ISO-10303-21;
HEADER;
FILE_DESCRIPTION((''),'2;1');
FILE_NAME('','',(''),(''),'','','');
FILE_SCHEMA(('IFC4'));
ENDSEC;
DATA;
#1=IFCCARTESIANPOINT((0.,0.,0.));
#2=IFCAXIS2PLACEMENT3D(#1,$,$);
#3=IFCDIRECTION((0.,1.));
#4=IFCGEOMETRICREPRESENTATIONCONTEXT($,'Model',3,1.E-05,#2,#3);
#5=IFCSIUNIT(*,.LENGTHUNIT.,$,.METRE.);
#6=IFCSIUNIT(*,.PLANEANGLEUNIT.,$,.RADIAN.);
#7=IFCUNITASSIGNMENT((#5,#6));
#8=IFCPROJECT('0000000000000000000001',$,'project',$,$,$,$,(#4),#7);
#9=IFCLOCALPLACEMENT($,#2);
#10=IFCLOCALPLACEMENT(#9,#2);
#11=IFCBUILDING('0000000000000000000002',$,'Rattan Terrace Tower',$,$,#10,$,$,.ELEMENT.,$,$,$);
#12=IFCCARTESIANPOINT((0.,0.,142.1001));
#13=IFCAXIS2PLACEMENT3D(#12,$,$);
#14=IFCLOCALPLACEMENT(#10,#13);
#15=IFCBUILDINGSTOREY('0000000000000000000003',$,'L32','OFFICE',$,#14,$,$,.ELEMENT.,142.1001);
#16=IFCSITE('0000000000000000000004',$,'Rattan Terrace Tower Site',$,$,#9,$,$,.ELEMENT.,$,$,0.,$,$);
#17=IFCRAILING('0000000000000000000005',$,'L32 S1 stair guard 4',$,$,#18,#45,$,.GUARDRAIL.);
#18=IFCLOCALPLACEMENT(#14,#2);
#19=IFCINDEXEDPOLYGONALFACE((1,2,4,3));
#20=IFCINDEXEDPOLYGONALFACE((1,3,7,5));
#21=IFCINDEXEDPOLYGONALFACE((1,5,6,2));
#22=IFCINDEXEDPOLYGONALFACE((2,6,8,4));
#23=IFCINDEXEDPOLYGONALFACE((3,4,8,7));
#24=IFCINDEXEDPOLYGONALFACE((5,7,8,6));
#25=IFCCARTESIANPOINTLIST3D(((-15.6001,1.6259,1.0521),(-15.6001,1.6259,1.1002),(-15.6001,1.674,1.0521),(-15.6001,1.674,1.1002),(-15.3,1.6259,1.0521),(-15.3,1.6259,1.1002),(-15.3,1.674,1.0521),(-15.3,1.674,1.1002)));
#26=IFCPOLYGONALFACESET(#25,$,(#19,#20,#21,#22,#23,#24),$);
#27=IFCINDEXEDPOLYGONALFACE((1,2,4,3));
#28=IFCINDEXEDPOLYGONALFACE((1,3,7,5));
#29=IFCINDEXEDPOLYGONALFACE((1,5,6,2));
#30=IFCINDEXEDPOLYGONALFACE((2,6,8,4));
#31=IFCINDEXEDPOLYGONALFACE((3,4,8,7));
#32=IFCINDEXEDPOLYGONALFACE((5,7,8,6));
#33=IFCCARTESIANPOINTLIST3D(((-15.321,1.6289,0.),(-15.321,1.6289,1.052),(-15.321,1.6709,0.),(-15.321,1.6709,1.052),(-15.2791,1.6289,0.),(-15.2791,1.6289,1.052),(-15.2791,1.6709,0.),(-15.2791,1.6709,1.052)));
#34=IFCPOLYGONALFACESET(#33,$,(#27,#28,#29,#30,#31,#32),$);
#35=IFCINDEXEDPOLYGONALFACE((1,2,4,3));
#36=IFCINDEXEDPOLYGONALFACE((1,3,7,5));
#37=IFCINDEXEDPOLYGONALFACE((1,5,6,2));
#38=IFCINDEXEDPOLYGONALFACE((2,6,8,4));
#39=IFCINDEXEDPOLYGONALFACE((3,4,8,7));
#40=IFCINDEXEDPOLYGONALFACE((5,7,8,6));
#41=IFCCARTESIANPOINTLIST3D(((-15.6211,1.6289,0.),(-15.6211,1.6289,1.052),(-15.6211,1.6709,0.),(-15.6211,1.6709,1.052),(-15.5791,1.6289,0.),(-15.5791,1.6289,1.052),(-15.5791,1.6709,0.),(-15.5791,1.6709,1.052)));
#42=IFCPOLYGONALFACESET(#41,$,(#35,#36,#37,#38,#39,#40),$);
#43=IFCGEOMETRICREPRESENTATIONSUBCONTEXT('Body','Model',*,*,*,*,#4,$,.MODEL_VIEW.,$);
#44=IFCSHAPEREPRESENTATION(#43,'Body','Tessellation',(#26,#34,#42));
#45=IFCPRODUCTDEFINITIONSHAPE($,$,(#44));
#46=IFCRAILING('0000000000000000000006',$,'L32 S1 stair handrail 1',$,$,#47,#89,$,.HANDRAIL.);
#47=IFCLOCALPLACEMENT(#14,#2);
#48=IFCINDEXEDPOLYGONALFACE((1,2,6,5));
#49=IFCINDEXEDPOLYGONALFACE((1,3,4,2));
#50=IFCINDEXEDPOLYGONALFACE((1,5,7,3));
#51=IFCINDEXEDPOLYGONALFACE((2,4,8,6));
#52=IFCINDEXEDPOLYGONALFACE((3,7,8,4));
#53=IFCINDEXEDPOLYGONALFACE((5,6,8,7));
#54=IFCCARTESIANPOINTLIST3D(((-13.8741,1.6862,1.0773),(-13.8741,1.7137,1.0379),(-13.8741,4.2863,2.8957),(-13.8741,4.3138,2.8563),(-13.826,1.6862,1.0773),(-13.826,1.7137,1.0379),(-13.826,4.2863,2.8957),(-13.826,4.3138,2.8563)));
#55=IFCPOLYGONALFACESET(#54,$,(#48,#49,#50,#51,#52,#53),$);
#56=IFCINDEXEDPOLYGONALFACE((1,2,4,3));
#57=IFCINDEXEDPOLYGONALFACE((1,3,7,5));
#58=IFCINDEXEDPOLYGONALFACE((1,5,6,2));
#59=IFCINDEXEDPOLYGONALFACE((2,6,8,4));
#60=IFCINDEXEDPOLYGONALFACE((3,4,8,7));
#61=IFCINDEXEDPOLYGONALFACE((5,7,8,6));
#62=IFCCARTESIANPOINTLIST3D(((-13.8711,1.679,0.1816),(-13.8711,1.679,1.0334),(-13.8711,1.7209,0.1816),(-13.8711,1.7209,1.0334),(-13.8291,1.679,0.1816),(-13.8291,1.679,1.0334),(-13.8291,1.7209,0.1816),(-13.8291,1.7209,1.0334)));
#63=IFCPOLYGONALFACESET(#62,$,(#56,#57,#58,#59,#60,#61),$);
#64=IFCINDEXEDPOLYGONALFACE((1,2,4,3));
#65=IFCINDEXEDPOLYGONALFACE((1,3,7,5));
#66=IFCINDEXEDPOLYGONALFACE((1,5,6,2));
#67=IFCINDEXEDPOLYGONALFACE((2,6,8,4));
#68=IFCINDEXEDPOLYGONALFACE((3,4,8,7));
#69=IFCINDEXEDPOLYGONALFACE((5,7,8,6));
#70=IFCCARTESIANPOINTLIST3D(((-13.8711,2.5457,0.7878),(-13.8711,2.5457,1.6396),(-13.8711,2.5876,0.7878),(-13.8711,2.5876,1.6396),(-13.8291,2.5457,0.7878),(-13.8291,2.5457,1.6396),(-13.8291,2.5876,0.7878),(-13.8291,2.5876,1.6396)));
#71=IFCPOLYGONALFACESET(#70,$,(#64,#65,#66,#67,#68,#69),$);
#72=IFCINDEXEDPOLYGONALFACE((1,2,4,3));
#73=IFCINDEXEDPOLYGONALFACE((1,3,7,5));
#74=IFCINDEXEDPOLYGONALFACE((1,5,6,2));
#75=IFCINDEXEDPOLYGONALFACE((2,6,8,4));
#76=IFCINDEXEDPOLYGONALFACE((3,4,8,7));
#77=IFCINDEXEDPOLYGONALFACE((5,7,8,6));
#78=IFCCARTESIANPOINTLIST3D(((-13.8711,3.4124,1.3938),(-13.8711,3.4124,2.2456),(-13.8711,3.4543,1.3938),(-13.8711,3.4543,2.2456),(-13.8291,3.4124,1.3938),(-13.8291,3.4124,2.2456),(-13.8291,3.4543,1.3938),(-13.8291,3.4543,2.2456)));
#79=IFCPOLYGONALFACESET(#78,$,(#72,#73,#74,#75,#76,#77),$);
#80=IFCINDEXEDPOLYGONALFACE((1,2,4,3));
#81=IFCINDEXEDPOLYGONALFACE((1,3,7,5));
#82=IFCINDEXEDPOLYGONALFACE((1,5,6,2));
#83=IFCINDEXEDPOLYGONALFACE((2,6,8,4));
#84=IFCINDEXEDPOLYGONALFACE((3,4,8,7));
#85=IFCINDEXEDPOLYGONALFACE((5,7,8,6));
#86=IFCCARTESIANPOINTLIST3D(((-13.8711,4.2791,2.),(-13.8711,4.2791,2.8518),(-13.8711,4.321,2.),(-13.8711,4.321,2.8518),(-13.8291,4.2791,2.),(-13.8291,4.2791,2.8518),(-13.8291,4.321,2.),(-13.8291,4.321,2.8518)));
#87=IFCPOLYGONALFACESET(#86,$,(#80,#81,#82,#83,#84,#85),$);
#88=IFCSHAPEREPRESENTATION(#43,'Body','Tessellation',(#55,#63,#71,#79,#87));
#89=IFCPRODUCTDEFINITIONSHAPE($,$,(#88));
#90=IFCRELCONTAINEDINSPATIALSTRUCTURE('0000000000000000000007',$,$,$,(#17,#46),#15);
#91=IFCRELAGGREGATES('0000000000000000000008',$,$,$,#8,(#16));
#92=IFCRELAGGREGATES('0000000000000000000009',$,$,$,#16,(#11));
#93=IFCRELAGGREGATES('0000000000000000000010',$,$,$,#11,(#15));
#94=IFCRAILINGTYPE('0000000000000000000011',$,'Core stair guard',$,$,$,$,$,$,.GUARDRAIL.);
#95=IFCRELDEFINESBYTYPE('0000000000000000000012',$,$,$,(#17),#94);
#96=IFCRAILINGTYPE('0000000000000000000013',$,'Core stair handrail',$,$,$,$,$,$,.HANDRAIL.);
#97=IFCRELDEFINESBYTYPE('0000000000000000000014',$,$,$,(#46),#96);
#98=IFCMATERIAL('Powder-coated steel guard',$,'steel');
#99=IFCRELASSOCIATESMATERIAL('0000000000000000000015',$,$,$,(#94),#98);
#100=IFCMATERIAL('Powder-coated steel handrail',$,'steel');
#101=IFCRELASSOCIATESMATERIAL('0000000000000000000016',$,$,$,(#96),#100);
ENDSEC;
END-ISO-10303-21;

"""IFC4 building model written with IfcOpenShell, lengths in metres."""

from ifc_helpers import new_model, si_unit, direction, frame, origin, origin_2d, place, context, subcontext, project, spatial, rectangle, extrude, material, type_object, element, save


model = new_model("IFC4")

# Units and contexts
model_context = context("Model", 3, precision=1e-05, world=origin(), true_north=direction((0.0, 1.0)))
body_context = subcontext(model_context, "Body", "Model", "MODEL_VIEW")
ifc_project = project(units=[si_unit("LENGTHUNIT", "METRE"), si_unit("PLANEANGLEUNIT", "RADIAN")], contexts=[model_context])

# Site, building, storey
site_placement = place(None, origin())
site = spatial("IfcSite", under=ifc_project, at=site_placement, Name="Rattan Terrace Tower Site", CompositionType="ELEMENT", RefElevation=0.0)
building_placement = place(site_placement, origin())
building = spatial("IfcBuilding", under=site, at=building_placement, Name="Rattan Terrace Tower", CompositionType="ELEMENT")
storey_placement = place(building_placement, frame((0.0, 0.0, 142.1001)))
storey = spatial("IfcBuildingStorey", under=building, at=storey_placement, Name="L32", Description="OFFICE", CompositionType="ELEMENT", Elevation=142.1001)

# Railings
ifc_material_1 = material(Name="Powder-coated steel guard", Category="steel")
railing_type_1 = type_object("IfcRailingType", Name="Core stair guard", PredefinedType="GUARDRAIL", material=ifc_material_1)
railing_1_placement = place(storey_placement, frame((-15.3, 1.6499, 0.0)))
element("IfcRailing", 1, at=railing_1_placement, inside=storey, type_object=railing_type_1, Name="L32 S1 stair guard 4", PredefinedType="GUARDRAIL", context=body_context, shape_type="SweptSolid", body=[
    extrude(rectangle(XDim=0.0481, YDim=0.0481, at=origin_2d()), frame((0.0, 0.0, 1.0762), z_axis=(-1.0, 0.0, 0.0), x_axis=(0.0, -1.0, 0.0)), (0.0, 0.0, 1.0), 0.3),
    extrude(rectangle(XDim=0.042, YDim=0.042, at=origin_2d()), origin(), (0.0, 0.0, 1.0), 1.052),
    extrude(rectangle(XDim=0.042, YDim=0.042, at=origin_2d()), frame((-0.3, 0.0, 0.0)), (0.0, 0.0, 1.0), 1.052),
])
ifc_material_2 = material(Name="Powder-coated steel handrail", Category="steel")
railing_type_2 = type_object("IfcRailingType", Name="Core stair handrail", PredefinedType="HANDRAIL", material=ifc_material_2)
railing_2_placement = place(storey_placement, frame((-13.8501, 1.7, 0.1816)))
element("IfcRailing", 2, at=railing_2_placement, inside=storey, type_object=railing_type_2, Name="L32 S1 stair handrail 1", PredefinedType="HANDRAIL", context=body_context, shape_type="SweptSolid", body=[
    extrude(rectangle(XDim=0.0481, YDim=0.0481, at=origin_2d()), frame((0.0, 0.0, 0.876), z_axis=(0.0, 0.819485, 0.573101), x_axis=(-1.0, 0.0, 0.0)), (0.0, 0.0, 1.0), 3.1729),
    extrude(rectangle(XDim=0.042, YDim=0.042, at=origin_2d()), origin(), (0.0, 0.0, 1.0), 0.8518),
    extrude(rectangle(XDim=0.042, YDim=0.042, at=origin_2d()), frame((0.0, 0.8667, 0.6062)), (0.0, 0.0, 1.0), 0.8518),
    extrude(rectangle(XDim=0.042, YDim=0.042, at=origin_2d()), frame((0.0, 1.7334, 1.2122)), (0.0, 0.0, 1.0), 0.8518),
    extrude(rectangle(XDim=0.042, YDim=0.042, at=origin_2d()), frame((0.0, 2.6001, 1.8184)), (0.0, 0.0, 1.0), 0.8518),
])

save(model, "model.ifc")
